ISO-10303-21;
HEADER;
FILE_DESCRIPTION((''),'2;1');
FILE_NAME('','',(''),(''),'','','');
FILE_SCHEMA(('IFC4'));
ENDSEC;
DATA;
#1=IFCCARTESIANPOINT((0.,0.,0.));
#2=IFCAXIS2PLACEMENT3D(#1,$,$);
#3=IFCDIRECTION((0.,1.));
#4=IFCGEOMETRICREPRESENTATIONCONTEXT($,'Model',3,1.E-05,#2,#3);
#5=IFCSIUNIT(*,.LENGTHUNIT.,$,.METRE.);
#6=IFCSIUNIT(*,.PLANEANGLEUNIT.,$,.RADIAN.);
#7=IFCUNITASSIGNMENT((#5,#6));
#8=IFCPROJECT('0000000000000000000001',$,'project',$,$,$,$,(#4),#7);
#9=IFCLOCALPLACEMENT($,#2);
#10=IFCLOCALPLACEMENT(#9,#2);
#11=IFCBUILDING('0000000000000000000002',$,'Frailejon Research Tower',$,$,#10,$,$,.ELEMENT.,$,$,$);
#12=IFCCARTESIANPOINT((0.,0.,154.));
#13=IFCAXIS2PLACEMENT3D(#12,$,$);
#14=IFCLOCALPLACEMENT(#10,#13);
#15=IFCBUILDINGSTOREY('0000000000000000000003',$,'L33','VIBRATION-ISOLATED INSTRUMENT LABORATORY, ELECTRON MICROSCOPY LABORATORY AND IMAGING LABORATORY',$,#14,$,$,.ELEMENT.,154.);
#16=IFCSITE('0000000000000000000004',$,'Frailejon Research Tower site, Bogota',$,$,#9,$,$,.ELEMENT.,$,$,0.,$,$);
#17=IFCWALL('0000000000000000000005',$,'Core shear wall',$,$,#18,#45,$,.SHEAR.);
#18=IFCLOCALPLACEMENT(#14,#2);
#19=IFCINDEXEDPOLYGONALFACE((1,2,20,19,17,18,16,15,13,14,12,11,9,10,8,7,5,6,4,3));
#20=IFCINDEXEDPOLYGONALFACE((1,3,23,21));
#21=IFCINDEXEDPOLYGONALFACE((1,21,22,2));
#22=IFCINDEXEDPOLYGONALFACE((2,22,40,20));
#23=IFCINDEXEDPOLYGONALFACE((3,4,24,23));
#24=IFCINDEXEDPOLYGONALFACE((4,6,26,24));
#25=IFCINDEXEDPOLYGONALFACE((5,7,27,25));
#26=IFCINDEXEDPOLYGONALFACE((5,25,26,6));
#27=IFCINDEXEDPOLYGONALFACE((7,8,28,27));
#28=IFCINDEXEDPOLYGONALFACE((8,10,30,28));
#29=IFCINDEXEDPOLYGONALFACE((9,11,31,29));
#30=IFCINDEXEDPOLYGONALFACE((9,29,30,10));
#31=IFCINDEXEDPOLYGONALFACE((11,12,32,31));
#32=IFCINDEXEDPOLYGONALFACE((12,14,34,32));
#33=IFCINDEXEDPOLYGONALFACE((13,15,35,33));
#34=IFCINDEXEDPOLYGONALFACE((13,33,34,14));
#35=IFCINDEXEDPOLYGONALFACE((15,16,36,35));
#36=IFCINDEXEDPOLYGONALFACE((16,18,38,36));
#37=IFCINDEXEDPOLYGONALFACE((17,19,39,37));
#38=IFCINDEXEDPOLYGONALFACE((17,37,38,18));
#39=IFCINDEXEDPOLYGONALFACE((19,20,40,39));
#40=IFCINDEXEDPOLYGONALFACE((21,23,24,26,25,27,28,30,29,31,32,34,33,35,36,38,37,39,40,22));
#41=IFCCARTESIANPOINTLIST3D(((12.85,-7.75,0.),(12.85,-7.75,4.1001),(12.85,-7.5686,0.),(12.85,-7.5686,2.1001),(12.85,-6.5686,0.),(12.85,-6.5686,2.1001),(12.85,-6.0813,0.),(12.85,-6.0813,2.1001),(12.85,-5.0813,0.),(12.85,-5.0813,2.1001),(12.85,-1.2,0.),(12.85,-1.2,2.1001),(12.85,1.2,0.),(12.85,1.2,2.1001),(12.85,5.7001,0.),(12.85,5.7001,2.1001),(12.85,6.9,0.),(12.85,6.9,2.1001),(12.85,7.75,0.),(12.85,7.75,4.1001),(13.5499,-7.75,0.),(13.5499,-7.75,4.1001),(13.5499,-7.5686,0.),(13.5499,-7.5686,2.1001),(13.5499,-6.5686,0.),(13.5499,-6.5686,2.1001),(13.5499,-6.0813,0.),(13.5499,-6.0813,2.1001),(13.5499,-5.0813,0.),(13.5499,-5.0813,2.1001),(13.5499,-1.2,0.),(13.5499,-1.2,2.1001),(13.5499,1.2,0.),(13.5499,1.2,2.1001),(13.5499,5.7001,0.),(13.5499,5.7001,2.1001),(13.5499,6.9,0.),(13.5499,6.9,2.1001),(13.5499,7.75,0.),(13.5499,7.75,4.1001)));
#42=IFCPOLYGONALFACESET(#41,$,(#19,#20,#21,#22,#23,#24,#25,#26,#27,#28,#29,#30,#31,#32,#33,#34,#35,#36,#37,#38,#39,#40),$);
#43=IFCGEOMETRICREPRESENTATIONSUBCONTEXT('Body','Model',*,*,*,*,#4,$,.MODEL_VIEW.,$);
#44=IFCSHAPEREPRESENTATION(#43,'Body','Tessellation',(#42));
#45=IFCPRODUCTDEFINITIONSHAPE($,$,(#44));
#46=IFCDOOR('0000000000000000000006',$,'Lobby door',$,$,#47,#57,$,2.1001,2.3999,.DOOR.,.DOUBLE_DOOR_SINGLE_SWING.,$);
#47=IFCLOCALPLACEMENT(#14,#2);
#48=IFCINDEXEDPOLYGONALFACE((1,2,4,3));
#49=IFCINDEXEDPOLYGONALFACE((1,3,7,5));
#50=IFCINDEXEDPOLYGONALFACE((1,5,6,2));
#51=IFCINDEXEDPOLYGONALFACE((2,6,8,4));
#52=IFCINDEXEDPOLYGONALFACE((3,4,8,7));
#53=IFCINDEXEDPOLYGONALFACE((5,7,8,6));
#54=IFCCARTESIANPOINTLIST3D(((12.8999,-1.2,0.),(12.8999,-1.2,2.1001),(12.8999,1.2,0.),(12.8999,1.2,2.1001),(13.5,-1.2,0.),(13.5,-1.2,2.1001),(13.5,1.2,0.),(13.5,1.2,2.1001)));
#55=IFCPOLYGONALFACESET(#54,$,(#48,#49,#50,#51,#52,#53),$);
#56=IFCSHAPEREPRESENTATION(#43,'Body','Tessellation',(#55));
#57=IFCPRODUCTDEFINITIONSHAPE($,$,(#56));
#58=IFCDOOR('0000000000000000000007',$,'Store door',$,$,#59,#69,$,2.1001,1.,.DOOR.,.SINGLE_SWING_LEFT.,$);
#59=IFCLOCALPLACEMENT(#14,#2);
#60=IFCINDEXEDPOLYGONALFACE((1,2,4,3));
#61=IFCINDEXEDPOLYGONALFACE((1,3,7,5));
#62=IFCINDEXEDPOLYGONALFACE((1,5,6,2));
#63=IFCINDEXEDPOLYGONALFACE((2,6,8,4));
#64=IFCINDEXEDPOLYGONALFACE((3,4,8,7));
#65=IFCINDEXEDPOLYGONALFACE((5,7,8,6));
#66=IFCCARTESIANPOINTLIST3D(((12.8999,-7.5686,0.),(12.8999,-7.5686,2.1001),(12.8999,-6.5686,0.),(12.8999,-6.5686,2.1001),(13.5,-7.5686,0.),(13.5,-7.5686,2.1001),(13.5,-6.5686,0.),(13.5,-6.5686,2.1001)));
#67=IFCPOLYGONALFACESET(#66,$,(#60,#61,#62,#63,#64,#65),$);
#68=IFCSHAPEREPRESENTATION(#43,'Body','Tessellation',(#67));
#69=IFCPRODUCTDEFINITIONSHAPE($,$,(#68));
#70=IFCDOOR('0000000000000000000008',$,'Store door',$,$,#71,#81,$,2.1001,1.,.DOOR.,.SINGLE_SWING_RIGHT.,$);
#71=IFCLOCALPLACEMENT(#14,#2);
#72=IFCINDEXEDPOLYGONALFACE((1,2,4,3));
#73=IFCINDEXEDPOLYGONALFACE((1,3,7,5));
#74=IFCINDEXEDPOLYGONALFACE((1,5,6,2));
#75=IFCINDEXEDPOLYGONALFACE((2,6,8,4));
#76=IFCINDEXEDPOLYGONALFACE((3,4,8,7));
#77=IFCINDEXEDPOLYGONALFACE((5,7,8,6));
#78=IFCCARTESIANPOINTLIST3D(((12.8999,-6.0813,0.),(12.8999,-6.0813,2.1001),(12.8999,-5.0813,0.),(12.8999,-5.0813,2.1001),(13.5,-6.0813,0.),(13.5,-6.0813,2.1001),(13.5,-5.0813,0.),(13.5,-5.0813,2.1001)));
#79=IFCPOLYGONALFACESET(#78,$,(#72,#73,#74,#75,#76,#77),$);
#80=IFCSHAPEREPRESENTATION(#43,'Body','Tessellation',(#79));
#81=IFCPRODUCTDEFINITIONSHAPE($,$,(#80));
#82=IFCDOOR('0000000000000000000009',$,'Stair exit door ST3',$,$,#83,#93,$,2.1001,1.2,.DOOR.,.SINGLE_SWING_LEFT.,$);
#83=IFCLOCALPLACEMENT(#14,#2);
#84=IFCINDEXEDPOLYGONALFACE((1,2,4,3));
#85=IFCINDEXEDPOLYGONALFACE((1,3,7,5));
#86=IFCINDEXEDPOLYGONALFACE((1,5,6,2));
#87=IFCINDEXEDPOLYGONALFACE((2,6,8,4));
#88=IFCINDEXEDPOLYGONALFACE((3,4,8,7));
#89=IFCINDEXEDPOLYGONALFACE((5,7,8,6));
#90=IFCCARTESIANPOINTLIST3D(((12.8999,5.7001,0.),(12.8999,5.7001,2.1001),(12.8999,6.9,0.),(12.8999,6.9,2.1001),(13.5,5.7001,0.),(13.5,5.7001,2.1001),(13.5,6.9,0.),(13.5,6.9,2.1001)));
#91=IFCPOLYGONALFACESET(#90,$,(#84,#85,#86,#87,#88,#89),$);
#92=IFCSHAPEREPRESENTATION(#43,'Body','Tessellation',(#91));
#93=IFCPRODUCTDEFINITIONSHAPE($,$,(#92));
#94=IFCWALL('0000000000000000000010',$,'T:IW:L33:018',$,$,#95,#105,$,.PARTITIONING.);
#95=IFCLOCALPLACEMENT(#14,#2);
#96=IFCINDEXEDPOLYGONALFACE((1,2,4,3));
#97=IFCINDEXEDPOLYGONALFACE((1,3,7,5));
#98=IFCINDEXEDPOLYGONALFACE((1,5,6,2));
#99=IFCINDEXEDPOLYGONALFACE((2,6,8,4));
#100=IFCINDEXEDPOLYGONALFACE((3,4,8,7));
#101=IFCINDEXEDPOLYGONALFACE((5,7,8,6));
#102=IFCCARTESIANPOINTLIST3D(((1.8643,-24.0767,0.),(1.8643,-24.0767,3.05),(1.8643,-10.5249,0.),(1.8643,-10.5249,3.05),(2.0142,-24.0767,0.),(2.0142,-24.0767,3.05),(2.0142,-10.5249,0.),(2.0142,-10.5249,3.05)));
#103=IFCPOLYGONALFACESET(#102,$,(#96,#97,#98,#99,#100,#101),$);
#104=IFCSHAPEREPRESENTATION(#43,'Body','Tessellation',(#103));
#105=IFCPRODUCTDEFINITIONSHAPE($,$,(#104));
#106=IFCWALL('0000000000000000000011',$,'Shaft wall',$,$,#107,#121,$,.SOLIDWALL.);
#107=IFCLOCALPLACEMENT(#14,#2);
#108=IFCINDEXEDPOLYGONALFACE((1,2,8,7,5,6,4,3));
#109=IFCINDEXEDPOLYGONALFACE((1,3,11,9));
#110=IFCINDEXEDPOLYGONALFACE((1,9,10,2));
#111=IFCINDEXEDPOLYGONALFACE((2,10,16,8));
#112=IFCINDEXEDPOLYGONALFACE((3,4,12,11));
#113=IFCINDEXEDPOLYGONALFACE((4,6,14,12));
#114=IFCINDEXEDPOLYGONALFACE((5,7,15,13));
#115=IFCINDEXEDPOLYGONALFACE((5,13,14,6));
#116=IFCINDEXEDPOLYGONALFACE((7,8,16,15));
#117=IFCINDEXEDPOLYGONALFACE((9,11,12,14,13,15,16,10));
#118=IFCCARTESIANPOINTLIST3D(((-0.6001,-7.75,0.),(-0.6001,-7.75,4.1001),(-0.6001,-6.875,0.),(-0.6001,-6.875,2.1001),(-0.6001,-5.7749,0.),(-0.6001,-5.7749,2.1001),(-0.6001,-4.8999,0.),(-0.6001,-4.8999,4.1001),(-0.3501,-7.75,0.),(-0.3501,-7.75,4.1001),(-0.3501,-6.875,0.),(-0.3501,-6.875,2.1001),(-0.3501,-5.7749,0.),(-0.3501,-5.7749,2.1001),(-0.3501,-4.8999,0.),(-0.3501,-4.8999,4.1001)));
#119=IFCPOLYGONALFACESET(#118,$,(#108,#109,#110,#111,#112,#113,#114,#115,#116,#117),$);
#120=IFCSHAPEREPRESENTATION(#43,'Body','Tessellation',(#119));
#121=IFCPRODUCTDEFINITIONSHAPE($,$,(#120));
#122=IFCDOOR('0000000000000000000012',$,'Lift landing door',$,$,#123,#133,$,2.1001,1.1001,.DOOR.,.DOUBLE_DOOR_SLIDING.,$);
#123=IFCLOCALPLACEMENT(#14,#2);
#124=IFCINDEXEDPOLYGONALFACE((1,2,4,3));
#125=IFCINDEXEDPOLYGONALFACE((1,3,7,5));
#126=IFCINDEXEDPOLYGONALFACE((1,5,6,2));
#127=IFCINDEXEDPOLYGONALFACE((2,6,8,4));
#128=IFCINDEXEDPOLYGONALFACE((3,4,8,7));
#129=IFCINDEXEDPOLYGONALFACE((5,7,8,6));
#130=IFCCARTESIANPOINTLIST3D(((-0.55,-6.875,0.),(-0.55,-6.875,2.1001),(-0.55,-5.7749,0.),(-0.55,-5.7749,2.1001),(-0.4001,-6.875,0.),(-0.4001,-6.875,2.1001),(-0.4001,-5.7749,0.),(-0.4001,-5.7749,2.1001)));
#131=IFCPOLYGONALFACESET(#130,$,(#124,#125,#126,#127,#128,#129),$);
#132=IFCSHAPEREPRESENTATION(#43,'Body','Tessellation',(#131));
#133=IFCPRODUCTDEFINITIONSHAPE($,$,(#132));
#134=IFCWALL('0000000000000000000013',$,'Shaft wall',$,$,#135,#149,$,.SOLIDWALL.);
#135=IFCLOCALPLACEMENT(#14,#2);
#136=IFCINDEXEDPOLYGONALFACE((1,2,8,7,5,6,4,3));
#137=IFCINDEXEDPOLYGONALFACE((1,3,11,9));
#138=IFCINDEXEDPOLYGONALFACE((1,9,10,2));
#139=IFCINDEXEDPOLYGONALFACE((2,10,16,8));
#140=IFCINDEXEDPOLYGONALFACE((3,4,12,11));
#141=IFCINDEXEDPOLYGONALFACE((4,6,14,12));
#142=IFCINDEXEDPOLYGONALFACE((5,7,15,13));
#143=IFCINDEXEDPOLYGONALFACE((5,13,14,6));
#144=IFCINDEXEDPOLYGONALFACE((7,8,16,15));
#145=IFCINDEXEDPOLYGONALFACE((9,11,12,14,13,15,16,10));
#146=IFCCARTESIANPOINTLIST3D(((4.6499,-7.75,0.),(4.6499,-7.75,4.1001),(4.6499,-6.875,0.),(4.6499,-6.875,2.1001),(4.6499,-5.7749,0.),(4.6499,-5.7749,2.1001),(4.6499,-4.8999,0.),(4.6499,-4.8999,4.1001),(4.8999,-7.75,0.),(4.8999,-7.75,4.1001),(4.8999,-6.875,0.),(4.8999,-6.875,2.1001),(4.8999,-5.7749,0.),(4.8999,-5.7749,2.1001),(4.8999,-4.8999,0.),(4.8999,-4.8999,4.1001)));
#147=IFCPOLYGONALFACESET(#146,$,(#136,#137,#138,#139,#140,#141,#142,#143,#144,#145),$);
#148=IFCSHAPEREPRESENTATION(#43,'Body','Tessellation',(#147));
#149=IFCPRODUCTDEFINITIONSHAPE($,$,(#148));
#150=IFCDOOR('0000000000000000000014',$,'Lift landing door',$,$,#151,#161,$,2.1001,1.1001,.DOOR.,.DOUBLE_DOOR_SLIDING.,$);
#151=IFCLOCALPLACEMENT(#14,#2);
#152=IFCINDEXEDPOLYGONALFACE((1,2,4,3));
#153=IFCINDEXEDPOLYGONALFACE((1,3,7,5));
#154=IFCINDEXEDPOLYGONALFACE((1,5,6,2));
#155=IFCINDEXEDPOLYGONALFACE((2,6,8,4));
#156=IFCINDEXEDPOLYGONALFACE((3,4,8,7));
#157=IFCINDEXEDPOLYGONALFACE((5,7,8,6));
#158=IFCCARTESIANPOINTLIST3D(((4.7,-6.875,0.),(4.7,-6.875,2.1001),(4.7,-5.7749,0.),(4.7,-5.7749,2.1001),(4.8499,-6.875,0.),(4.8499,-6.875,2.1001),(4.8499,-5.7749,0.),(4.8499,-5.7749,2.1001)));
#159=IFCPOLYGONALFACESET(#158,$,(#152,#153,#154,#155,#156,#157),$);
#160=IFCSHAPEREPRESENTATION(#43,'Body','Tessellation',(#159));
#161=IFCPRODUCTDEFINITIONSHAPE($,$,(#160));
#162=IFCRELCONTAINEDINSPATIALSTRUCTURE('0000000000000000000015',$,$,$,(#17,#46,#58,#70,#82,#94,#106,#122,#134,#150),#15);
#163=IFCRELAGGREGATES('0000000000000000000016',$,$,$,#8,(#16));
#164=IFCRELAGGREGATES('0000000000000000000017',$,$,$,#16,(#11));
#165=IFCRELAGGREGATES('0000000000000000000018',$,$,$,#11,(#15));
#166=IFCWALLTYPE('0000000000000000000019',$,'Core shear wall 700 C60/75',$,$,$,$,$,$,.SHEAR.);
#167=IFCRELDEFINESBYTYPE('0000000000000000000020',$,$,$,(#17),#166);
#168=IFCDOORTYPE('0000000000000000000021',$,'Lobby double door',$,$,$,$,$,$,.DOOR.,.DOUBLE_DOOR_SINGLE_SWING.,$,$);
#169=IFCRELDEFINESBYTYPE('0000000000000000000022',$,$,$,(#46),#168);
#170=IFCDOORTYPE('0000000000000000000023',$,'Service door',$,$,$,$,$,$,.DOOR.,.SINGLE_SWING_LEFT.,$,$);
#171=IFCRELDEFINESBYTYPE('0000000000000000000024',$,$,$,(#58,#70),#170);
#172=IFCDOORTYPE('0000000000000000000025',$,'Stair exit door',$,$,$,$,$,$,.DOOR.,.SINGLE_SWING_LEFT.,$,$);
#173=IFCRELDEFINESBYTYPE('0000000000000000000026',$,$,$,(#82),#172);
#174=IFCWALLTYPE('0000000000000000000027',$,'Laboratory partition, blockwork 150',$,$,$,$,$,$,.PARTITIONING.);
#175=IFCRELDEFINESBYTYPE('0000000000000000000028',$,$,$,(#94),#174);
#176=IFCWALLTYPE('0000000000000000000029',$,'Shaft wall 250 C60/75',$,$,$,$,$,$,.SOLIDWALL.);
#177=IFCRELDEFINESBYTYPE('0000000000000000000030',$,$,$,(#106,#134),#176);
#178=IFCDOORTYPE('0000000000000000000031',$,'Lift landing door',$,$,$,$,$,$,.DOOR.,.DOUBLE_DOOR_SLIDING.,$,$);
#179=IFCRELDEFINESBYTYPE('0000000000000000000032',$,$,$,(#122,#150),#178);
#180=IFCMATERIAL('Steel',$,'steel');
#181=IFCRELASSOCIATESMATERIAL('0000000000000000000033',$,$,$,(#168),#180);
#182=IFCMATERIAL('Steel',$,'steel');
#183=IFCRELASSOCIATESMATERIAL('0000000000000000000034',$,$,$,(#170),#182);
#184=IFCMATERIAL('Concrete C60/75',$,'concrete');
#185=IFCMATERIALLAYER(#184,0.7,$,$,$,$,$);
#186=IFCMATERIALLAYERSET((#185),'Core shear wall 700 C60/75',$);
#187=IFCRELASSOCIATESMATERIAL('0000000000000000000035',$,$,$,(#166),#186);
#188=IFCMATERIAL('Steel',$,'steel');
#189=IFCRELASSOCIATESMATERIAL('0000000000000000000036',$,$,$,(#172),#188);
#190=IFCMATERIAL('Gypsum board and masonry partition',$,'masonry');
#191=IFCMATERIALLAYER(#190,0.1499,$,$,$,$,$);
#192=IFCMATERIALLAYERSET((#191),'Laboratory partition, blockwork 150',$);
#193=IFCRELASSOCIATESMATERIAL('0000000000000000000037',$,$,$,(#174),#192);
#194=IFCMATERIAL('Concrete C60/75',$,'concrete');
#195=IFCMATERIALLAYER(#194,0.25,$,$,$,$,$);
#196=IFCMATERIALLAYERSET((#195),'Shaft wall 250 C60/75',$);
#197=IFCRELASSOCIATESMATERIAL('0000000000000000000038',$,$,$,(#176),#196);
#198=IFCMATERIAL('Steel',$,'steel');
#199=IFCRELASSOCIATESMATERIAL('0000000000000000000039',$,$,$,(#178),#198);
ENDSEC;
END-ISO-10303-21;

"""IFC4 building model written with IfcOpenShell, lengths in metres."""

from ifc_helpers import new_model, si_unit, direction, frame, frame_2d, origin, place, context, subcontext, project, spatial, rectangle, extrude, material, layer, layer_set, type_object, element, fill, save


model = new_model("IFC4")

# Units and contexts
model_context = context("Model", 3, precision=1e-05, world=origin(), true_north=direction((0.0, 1.0)))
body_context = subcontext(model_context, "Body", "Model", "MODEL_VIEW")
ifc_project = project(units=[si_unit("LENGTHUNIT", "METRE"), si_unit("PLANEANGLEUNIT", "RADIAN")], contexts=[model_context])

# Site, building, storey
site_placement = place(None, origin())
site = spatial("IfcSite", under=ifc_project, at=site_placement, Name="Frailejon Research Tower site, Bogota", CompositionType="ELEMENT", RefElevation=0.0)
building_placement = place(site_placement, origin())
building = spatial("IfcBuilding", under=site, at=building_placement, Name="Frailejon Research Tower", CompositionType="ELEMENT")
storey_placement = place(building_placement, frame((0.0, 0.0, 154.0)))
storey = spatial("IfcBuildingStorey", under=building, at=storey_placement, Name="L33", Description="VIBRATION-ISOLATED INSTRUMENT LABORATORY, ELECTRON MICROSCOPY LABORATORY AND IMAGING LABORATORY", CompositionType="ELEMENT", Elevation=154.0)

# Wall, openings, doors
ifc_material_1 = material(Name="Steel", Category="steel")
door_type_1 = type_object("IfcDoorType", Name="Lobby double door", OperationType="DOUBLE_DOOR_SINGLE_SWING", PredefinedType="DOOR", material=ifc_material_1)
ifc_material_2 = material(Name="Steel", Category="steel")
door_type_2 = type_object("IfcDoorType", Name="Service door", OperationType="SINGLE_SWING_LEFT", PredefinedType="DOOR", material=ifc_material_2)
ifc_material_3 = material(Name="Concrete C60/75", Category="concrete")
ifc_layer_1 = layer(ifc_material_3, 0.7)
ifc_layer_set_1 = layer_set([ifc_layer_1], Name="Core shear wall 700 C60/75")
wall_type_1 = type_object("IfcWallType", Name="Core shear wall 700 C60/75", PredefinedType="SHEAR", material=ifc_layer_set_1)
wall_1_placement = place(storey_placement, frame((13.2, -7.75, 0.0), z_axis=(0.0, 0.0, 1.0), x_axis=(0.0, 1.0, 0.0)))
wall_1 = element("IfcWall", 1, at=wall_1_placement, inside=storey, type_object=wall_type_1, Name="Core shear wall", PredefinedType="SHEAR", context=body_context, shape_type="SweptSolid", body=[
    extrude(rectangle(XDim=15.5, YDim=0.7, at=frame_2d((7.75, 0.0))), origin(), (0.0, 0.0, 1.0), 4.1001),
])
opening_1_placement = place(wall_1_placement, frame((6.55, 0.0, 0.0)))
opening_1 = element("IfcOpeningElement", 2, at=opening_1_placement, cuts=wall_1, PredefinedType="OPENING", context=body_context, shape_type="SweptSolid", body=[
    extrude(rectangle(XDim=2.3999, YDim=2.1001, at=frame_2d((1.2, 1.05))), frame((0.0, 0.3599, 0.0), z_axis=(0.0, -1.0, 0.0), x_axis=(1.0, 0.0, 0.0)), (0.0, 0.0, 1.0), 0.72),
])
opening_2_placement = place(wall_1_placement, frame((13.45, 0.0, 0.0)))
opening_2 = element("IfcOpeningElement", 3, at=opening_2_placement, cuts=wall_1, PredefinedType="OPENING", context=body_context, shape_type="SweptSolid", body=[
    extrude(rectangle(XDim=1.2, YDim=2.1001, at=frame_2d((0.6001, 1.05))), frame((0.0, 0.3599, 0.0), z_axis=(0.0, -1.0, 0.0), x_axis=(1.0, 0.0, 0.0)), (0.0, 0.0, 1.0), 0.72),
])
opening_3_placement = place(wall_1_placement, frame((0.1814, 0.0, 0.0)))
opening_3 = element("IfcOpeningElement", 4, at=opening_3_placement, cuts=wall_1, PredefinedType="OPENING", context=body_context, shape_type="SweptSolid", body=[
    extrude(rectangle(XDim=1.0, YDim=2.1001, at=frame_2d((0.5, 1.05))), frame((0.0, 0.3599, 0.0), z_axis=(0.0, -1.0, 0.0), x_axis=(1.0, 0.0, 0.0)), (0.0, 0.0, 1.0), 0.72),
])
opening_4_placement = place(wall_1_placement, frame((1.6687, 0.0, 0.0)))
opening_4 = element("IfcOpeningElement", 5, at=opening_4_placement, cuts=wall_1, PredefinedType="OPENING", context=body_context, shape_type="SweptSolid", body=[
    extrude(rectangle(XDim=1.0, YDim=2.1001, at=frame_2d((0.5, 1.05))), frame((0.0, 0.3599, 0.0), z_axis=(0.0, -1.0, 0.0), x_axis=(1.0, 0.0, 0.0)), (0.0, 0.0, 1.0), 0.72),
])
door_1_placement = place(opening_1_placement, origin())
door_1 = element("IfcDoor", 6, at=door_1_placement, inside=storey, type_object=door_type_1, Name="Lobby door", OperationType="DOUBLE_DOOR_SINGLE_SWING", OverallHeight=2.1001, OverallWidth=2.3999, PredefinedType="DOOR", context=body_context, shape_type="SweptSolid", body=[
    extrude(rectangle(XDim=2.3999, YDim=2.1001, at=frame_2d((1.2, 1.05))), frame((0.0, 0.3, 0.0), z_axis=(0.0, -1.0, 0.0), x_axis=(1.0, 0.0, 0.0)), (0.0, 0.0, 1.0), 0.6001),
])
fill(opening_1, door_1)
door_2_placement = place(opening_3_placement, origin())
door_2 = element("IfcDoor", 7, at=door_2_placement, inside=storey, type_object=door_type_2, Name="Store door", OperationType="SINGLE_SWING_LEFT", OverallHeight=2.1001, OverallWidth=1.0, PredefinedType="DOOR", context=body_context, shape_type="SweptSolid", body=[
    extrude(rectangle(XDim=1.0, YDim=2.1001, at=frame_2d((0.5, 1.05))), frame((0.0, 0.3, 0.0), z_axis=(0.0, -1.0, 0.0), x_axis=(1.0, 0.0, 0.0)), (0.0, 0.0, 1.0), 0.6001),
])
fill(opening_3, door_2)
door_3_placement = place(opening_4_placement, origin())
door_3 = element("IfcDoor", 8, at=door_3_placement, inside=storey, type_object=door_type_2, Name="Store door", OperationType="SINGLE_SWING_RIGHT", OverallHeight=2.1001, OverallWidth=1.0, PredefinedType="DOOR", context=body_context, shape_type="SweptSolid", body=[
    extrude(rectangle(XDim=1.0, YDim=2.1001, at=frame_2d((0.5, 1.05))), frame((0.0, 0.3, 0.0), z_axis=(0.0, -1.0, 0.0), x_axis=(1.0, 0.0, 0.0)), (0.0, 0.0, 1.0), 0.6001),
])
fill(opening_4, door_3)
ifc_material_4 = material(Name="Steel", Category="steel")
door_type_3 = type_object("IfcDoorType", Name="Stair exit door", OperationType="SINGLE_SWING_LEFT", PredefinedType="DOOR", material=ifc_material_4)
door_4_placement = place(opening_2_placement, origin())
door_4 = element("IfcDoor", 9, at=door_4_placement, inside=storey, type_object=door_type_3, Name="Stair exit door ST3", OperationType="SINGLE_SWING_LEFT", OverallHeight=2.1001, OverallWidth=1.2, PredefinedType="DOOR", context=body_context, shape_type="SweptSolid", body=[
    extrude(rectangle(XDim=1.2, YDim=2.1001, at=frame_2d((0.6001, 1.05))), frame((0.0, 0.3, 0.0), z_axis=(0.0, -1.0, 0.0), x_axis=(1.0, 0.0, 0.0)), (0.0, 0.0, 1.0), 0.6001),
])
fill(opening_2, door_4)

# Wall
ifc_material_5 = material(Name="Gypsum board and masonry partition", Category="masonry")
ifc_layer_2 = layer(ifc_material_5, 0.1499)
ifc_layer_set_2 = layer_set([ifc_layer_2], Name="Laboratory partition, blockwork 150")
wall_type_2 = type_object("IfcWallType", Name="Laboratory partition, blockwork 150", PredefinedType="PARTITIONING", material=ifc_layer_set_2)
wall_2_placement = place(storey_placement, frame((1.9392, -24.0767, 0.0), z_axis=(0.0, 0.0, 1.0), x_axis=(0.0, 1.0, 0.0)))
element("IfcWall", 10, at=wall_2_placement, inside=storey, type_object=wall_type_2, Name="T:IW:L33:018", PredefinedType="PARTITIONING", context=body_context, shape_type="SweptSolid", body=[
    extrude(rectangle(XDim=13.5518, YDim=0.1499, at=frame_2d((6.7759, 0.0))), origin(), (0.0, 0.0, 1.0), 3.05),
])

# Walls, openings, doors
ifc_material_6 = material(Name="Concrete C60/75", Category="concrete")
ifc_layer_3 = layer(ifc_material_6, 0.25)
ifc_layer_set_3 = layer_set([ifc_layer_3], Name="Shaft wall 250 C60/75")
wall_type_3 = type_object("IfcWallType", Name="Shaft wall 250 C60/75", PredefinedType="SOLIDWALL", material=ifc_layer_set_3)
wall_3_placement = place(storey_placement, frame((-0.4751, -7.75, 0.0), z_axis=(0.0, 0.0, 1.0), x_axis=(0.0, 1.0, 0.0)))
wall_3 = element("IfcWall", 11, at=wall_3_placement, inside=storey, type_object=wall_type_3, Name="Shaft wall", PredefinedType="SOLIDWALL", context=body_context, shape_type="SweptSolid", body=[
    extrude(rectangle(XDim=2.8501, YDim=0.25, at=frame_2d((1.425, 0.0))), origin(), (0.0, 0.0, 1.0), 4.1001),
])
opening_5_placement = place(wall_3_placement, frame((0.875, 0.0, 0.0)))
opening_5 = element("IfcOpeningElement", 12, at=opening_5_placement, cuts=wall_3, PredefinedType="OPENING", context=body_context, shape_type="SweptSolid", body=[
    extrude(rectangle(XDim=1.1001, YDim=2.1001, at=frame_2d((0.55, 1.05))), frame((0.0, 0.135, 0.0), z_axis=(0.0, -1.0, 0.0), x_axis=(1.0, 0.0, 0.0)), (0.0, 0.0, 1.0), 0.27),
])
ifc_material_7 = material(Name="Steel", Category="steel")
door_type_4 = type_object("IfcDoorType", Name="Lift landing door", OperationType="DOUBLE_DOOR_SLIDING", PredefinedType="DOOR", material=ifc_material_7)
door_5_placement = place(opening_5_placement, origin())
door_5 = element("IfcDoor", 13, at=door_5_placement, inside=storey, type_object=door_type_4, Name="Lift landing door", OperationType="DOUBLE_DOOR_SLIDING", OverallHeight=2.1001, OverallWidth=1.1001, PredefinedType="DOOR", context=body_context, shape_type="SweptSolid", body=[
    extrude(rectangle(XDim=1.1001, YDim=2.1001, at=frame_2d((0.55, 1.05))), frame((0.0, 0.075, 0.0), z_axis=(0.0, -1.0, 0.0), x_axis=(1.0, 0.0, 0.0)), (0.0, 0.0, 1.0), 0.1499),
])
fill(opening_5, door_5)
wall_4_placement = place(storey_placement, frame((4.7749, -7.75, 0.0), z_axis=(0.0, 0.0, 1.0), x_axis=(0.0, 1.0, 0.0)))
wall_4 = element("IfcWall", 14, at=wall_4_placement, inside=storey, type_object=wall_type_3, Name="Shaft wall", PredefinedType="SOLIDWALL", context=body_context, shape_type="SweptSolid", body=[
    extrude(rectangle(XDim=2.8501, YDim=0.25, at=frame_2d((1.425, 0.0))), origin(), (0.0, 0.0, 1.0), 4.1001),
])
opening_6_placement = place(wall_4_placement, frame((0.875, 0.0, 0.0)))
opening_6 = element("IfcOpeningElement", 15, at=opening_6_placement, cuts=wall_4, PredefinedType="OPENING", context=body_context, shape_type="SweptSolid", body=[
    extrude(rectangle(XDim=1.1001, YDim=2.1001, at=frame_2d((0.55, 1.05))), frame((0.0, 0.135, 0.0), z_axis=(0.0, -1.0, 0.0), x_axis=(1.0, 0.0, 0.0)), (0.0, 0.0, 1.0), 0.27),
])
door_6_placement = place(opening_6_placement, origin())
door_6 = element("IfcDoor", 16, at=door_6_placement, inside=storey, type_object=door_type_4, Name="Lift landing door", OperationType="DOUBLE_DOOR_SLIDING", OverallHeight=2.1001, OverallWidth=1.1001, PredefinedType="DOOR", context=body_context, shape_type="SweptSolid", body=[
    extrude(rectangle(XDim=1.1001, YDim=2.1001, at=frame_2d((0.55, 1.05))), frame((0.0, 0.075, 0.0), z_axis=(0.0, -1.0, 0.0), x_axis=(1.0, 0.0, 0.0)), (0.0, 0.0, 1.0), 0.1499),
])
fill(opening_6, door_6)

save(model, "model.ifc")
